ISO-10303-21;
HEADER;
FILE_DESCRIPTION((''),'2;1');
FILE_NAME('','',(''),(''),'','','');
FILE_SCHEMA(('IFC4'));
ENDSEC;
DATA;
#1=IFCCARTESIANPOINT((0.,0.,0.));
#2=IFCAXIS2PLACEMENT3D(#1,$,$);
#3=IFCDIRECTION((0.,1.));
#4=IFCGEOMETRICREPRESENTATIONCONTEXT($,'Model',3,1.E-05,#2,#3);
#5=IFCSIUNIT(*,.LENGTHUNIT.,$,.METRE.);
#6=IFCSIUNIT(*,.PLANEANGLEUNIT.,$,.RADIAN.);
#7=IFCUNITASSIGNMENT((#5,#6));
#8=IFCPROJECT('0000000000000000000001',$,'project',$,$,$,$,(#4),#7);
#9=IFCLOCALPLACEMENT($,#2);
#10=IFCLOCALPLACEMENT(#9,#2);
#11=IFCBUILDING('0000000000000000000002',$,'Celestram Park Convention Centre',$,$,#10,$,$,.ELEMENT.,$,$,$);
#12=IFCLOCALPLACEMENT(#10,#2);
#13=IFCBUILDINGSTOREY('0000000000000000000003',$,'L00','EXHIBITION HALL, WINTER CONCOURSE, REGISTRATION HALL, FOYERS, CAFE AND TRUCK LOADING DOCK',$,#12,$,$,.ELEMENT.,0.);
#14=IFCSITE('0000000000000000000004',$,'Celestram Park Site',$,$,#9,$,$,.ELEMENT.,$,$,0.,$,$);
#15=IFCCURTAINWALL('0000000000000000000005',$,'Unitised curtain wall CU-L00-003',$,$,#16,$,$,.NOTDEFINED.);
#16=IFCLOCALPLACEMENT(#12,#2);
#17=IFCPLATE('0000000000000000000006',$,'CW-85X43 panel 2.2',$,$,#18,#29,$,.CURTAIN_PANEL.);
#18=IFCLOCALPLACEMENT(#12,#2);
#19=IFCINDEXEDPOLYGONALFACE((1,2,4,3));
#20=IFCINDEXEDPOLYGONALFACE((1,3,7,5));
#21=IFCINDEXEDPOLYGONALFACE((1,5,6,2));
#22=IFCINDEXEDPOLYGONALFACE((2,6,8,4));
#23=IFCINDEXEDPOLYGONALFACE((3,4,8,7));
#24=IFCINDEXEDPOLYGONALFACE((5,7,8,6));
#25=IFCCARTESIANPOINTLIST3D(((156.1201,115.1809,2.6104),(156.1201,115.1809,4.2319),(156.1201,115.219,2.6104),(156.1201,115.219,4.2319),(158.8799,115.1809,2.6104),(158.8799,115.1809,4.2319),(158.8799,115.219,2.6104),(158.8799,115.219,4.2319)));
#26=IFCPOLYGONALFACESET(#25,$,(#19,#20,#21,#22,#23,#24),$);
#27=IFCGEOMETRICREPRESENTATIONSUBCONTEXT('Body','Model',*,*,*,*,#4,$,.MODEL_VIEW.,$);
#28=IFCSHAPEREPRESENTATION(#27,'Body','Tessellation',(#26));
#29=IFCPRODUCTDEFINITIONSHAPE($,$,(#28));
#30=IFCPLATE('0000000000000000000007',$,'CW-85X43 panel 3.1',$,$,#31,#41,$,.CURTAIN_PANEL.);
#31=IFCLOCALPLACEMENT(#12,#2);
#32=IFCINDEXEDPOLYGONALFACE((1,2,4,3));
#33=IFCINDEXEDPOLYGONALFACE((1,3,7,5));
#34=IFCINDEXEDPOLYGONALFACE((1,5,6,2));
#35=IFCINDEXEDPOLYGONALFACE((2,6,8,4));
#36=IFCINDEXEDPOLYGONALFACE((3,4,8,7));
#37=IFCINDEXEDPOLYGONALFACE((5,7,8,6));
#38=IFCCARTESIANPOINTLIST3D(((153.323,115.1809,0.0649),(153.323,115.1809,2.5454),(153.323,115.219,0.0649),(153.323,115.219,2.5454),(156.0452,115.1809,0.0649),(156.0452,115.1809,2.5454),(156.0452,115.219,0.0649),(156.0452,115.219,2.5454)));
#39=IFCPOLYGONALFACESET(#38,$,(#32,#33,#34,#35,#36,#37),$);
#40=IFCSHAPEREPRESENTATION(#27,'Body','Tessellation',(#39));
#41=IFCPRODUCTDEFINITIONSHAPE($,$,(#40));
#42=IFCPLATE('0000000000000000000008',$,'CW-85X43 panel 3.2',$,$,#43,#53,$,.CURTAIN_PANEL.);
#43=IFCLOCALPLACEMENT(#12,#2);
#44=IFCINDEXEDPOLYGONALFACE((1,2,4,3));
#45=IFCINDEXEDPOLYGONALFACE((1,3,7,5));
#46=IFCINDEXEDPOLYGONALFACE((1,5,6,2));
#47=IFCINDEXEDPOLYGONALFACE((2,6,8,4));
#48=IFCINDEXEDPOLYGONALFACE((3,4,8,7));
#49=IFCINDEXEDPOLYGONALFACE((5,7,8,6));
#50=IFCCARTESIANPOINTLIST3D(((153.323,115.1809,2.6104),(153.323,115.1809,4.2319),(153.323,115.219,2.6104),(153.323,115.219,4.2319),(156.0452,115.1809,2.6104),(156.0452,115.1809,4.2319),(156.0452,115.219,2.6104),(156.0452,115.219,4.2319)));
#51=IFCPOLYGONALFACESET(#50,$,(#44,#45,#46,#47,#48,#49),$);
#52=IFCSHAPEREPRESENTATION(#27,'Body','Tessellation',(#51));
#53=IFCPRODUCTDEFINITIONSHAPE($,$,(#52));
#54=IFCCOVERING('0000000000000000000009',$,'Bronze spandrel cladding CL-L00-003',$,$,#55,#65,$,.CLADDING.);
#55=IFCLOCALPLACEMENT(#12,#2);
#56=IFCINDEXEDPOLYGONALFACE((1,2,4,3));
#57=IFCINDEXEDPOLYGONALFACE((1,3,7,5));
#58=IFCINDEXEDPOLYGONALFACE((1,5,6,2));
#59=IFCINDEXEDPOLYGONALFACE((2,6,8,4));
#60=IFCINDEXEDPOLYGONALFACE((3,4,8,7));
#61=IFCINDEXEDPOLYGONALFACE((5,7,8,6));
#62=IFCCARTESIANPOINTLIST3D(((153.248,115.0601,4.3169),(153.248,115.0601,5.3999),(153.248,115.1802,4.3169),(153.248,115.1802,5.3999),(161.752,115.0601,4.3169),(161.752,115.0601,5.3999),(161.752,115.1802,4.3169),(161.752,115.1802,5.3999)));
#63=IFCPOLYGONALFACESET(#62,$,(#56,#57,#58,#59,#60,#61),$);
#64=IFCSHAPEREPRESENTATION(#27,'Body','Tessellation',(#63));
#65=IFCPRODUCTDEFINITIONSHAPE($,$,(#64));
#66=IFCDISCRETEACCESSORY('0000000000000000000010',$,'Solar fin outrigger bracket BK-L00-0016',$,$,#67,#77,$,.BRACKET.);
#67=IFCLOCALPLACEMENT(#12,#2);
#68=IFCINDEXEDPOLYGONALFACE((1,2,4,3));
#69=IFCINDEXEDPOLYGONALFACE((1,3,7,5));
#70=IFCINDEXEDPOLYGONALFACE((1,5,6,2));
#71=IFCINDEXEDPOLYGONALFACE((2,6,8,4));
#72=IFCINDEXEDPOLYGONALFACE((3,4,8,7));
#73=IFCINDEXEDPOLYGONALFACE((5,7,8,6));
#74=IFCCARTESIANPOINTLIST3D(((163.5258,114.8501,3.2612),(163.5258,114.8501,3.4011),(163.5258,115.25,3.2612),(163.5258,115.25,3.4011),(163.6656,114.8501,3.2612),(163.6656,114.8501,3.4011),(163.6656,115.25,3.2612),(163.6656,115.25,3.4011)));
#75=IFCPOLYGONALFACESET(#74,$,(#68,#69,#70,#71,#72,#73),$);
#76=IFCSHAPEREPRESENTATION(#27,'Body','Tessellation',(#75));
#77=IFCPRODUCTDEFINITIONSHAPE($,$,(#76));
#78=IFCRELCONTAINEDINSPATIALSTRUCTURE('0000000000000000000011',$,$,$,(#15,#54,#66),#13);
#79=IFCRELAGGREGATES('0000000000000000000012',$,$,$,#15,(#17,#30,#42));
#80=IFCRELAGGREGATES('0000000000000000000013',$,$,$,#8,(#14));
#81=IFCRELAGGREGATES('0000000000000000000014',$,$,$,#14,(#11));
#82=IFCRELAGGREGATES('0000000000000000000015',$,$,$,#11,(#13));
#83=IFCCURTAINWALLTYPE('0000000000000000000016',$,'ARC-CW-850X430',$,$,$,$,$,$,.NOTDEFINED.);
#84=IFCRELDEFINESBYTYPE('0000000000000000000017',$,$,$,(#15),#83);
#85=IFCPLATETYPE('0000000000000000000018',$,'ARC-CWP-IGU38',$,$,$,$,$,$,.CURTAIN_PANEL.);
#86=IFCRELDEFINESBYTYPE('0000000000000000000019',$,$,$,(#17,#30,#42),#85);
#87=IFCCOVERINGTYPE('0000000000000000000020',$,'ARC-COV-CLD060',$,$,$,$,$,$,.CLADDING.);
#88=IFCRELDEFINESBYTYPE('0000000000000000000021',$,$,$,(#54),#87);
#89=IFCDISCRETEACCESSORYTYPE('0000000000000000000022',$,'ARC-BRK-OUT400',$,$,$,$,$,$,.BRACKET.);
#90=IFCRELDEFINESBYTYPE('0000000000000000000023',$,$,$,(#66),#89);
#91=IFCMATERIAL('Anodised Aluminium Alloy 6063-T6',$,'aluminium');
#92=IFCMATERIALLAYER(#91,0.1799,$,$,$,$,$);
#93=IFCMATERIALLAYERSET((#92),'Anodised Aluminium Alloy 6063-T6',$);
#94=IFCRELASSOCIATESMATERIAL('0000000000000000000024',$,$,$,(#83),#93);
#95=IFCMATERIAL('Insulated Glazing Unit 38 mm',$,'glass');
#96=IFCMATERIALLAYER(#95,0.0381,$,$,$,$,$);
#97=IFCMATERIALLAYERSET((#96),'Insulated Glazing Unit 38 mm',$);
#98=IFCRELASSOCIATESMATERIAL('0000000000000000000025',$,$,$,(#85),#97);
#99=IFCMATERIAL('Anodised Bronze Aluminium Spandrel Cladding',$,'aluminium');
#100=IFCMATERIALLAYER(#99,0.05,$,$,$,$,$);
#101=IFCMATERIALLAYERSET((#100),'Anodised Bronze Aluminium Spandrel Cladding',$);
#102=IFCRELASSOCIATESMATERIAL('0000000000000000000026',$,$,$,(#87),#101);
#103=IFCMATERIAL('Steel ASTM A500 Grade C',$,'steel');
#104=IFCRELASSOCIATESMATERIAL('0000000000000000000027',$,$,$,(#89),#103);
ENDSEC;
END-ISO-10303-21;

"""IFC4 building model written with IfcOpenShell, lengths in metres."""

from ifc_helpers import new_model, si_unit, direction, frame, origin, origin_2d, place, context, subcontext, project, spatial, rectangle, extrude, material, layer, layer_set, type_object, element, aggregate, save


model = new_model("IFC4")

# Units and contexts
model_context = context("Model", 3, precision=1e-05, world=origin(), true_north=direction((0.0, 1.0)))
body_context = subcontext(model_context, "Body", "Model", "MODEL_VIEW")
ifc_project = project(units=[si_unit("LENGTHUNIT", "METRE"), si_unit("PLANEANGLEUNIT", "RADIAN")], contexts=[model_context])

# Site, building, storey
site_placement = place(None, origin())
site = spatial("IfcSite", under=ifc_project, at=site_placement, Name="Celestram Park Site", CompositionType="ELEMENT", RefElevation=0.0)
building_placement = place(site_placement, origin())
building = spatial("IfcBuilding", under=site, at=building_placement, Name="Celestram Park Convention Centre", CompositionType="ELEMENT")
storey_placement = place(building_placement, origin())
storey = spatial("IfcBuildingStorey", under=building, at=storey_placement, Name="L00", Description="EXHIBITION HALL, WINTER CONCOURSE, REGISTRATION HALL, FOYERS, CAFE AND TRUCK LOADING DOCK", CompositionType="ELEMENT", Elevation=0.0)

# Shared definitions
ifc_material_1 = material(Name="Steel ASTM A500 Grade C", Category="steel")

# Shared definitions
ifc_material_2 = material(Name="Anodised Aluminium Alloy 6063-T6", Category="aluminium")
ifc_layer_1 = layer(ifc_material_2, 0.1799)
ifc_layer_set_1 = layer_set([ifc_layer_1], Name="Anodised Aluminium Alloy 6063-T6")
curtain_wall_type = type_object("IfcCurtainWallType", Name="ARC-CW-850X430", PredefinedType="NOTDEFINED", material=ifc_layer_set_1)

# Curtain wall
curtain_wall_1_placement = place(storey_placement, origin())
curtain_wall_1 = element("IfcCurtainWall", 1, at=curtain_wall_1_placement, inside=storey, type_object=curtain_wall_type, Name="Unitised curtain wall CU-L00-003", PredefinedType="NOTDEFINED")

# Plates
ifc_material_3 = material(Name="Insulated Glazing Unit 38 mm", Category="glass")
ifc_layer_2 = layer(ifc_material_3, 0.0381)
ifc_layer_set_2 = layer_set([ifc_layer_2], Name="Insulated Glazing Unit 38 mm")
plate_type = type_object("IfcPlateType", Name="ARC-CWP-IGU38", PredefinedType="CURTAIN_PANEL", material=ifc_layer_set_2)
plate_1_placement = place(storey_placement, frame((157.5, 115.2, 2.6104), z_axis=(0.0, 0.0, 1.0), x_axis=(-1.0, 0.0, 0.0)))
plate_1 = element("IfcPlate", 2, at=plate_1_placement, type_object=plate_type, Name="CW-85X43 panel 2.2", PredefinedType="CURTAIN_PANEL", context=body_context, shape_type="SweptSolid", body=[
    extrude(rectangle(XDim=2.7598, YDim=0.0381, at=origin_2d()), origin(), (0.0, 0.0, 1.0), 1.6216),
])
plate_2_placement = place(storey_placement, frame((154.6841, 115.2, 0.0649), z_axis=(0.0, 0.0, 1.0), x_axis=(-1.0, 0.0, 0.0)))
plate_2 = element("IfcPlate", 3, at=plate_2_placement, type_object=plate_type, Name="CW-85X43 panel 3.1", PredefinedType="CURTAIN_PANEL", context=body_context, shape_type="SweptSolid", body=[
    extrude(rectangle(XDim=2.7222, YDim=0.0381, at=origin_2d()), origin(), (0.0, 0.0, 1.0), 2.4805),
])
plate_3_placement = place(storey_placement, frame((154.6841, 115.2, 2.6104), z_axis=(0.0, 0.0, 1.0), x_axis=(-1.0, 0.0, 0.0)))
plate_3 = element("IfcPlate", 4, at=plate_3_placement, type_object=plate_type, Name="CW-85X43 panel 3.2", PredefinedType="CURTAIN_PANEL", context=body_context, shape_type="SweptSolid", body=[
    extrude(rectangle(XDim=2.7222, YDim=0.0381, at=origin_2d()), origin(), (0.0, 0.0, 1.0), 1.6216),
])
aggregate(curtain_wall_1, [plate_1, plate_2, plate_3])

# Covering
ifc_material_4 = material(Name="Anodised Bronze Aluminium Spandrel Cladding", Category="aluminium")
ifc_layer_3 = layer(ifc_material_4, 0.05)
ifc_layer_set_3 = layer_set([ifc_layer_3], Name="Anodised Bronze Aluminium Spandrel Cladding")
covering_type = type_object("IfcCoveringType", Name="ARC-COV-CLD060", PredefinedType="CLADDING", material=ifc_layer_set_3)
covering_placement = place(storey_placement, frame((157.5, 115.1201, 4.3169), z_axis=(0.0, 0.0, 1.0), x_axis=(-1.0, 0.0, 0.0)))
element("IfcCovering", 5, at=covering_placement, inside=storey, type_object=covering_type, Name="Bronze spandrel cladding CL-L00-003", PredefinedType="CLADDING", context=body_context, shape_type="SweptSolid", body=[
    extrude(rectangle(XDim=8.5039, YDim=0.1201, at=origin_2d()), origin(), (0.0, 0.0, 1.0), 1.083),
])

# Discrete accessory
discrete_accessory_type = type_object("IfcDiscreteAccessoryType", Name="ARC-BRK-OUT400", PredefinedType="BRACKET", material=ifc_material_1)
discrete_accessory_placement = place(storey_placement, frame((163.5957, 115.05, 3.2612), z_axis=(0.0, 0.0, 1.0), x_axis=(0.0, -1.0, 0.0)))
element("IfcDiscreteAccessory", 6, at=discrete_accessory_placement, inside=storey, type_object=discrete_accessory_type, Name="Solar fin outrigger bracket BK-L00-0016", PredefinedType="BRACKET", context=body_context, shape_type="SweptSolid", body=[
    extrude(rectangle(XDim=0.3999, YDim=0.1399, at=origin_2d()), origin(), (0.0, 0.0, 1.0), 0.1399),
])

save(model, "model.ifc")
